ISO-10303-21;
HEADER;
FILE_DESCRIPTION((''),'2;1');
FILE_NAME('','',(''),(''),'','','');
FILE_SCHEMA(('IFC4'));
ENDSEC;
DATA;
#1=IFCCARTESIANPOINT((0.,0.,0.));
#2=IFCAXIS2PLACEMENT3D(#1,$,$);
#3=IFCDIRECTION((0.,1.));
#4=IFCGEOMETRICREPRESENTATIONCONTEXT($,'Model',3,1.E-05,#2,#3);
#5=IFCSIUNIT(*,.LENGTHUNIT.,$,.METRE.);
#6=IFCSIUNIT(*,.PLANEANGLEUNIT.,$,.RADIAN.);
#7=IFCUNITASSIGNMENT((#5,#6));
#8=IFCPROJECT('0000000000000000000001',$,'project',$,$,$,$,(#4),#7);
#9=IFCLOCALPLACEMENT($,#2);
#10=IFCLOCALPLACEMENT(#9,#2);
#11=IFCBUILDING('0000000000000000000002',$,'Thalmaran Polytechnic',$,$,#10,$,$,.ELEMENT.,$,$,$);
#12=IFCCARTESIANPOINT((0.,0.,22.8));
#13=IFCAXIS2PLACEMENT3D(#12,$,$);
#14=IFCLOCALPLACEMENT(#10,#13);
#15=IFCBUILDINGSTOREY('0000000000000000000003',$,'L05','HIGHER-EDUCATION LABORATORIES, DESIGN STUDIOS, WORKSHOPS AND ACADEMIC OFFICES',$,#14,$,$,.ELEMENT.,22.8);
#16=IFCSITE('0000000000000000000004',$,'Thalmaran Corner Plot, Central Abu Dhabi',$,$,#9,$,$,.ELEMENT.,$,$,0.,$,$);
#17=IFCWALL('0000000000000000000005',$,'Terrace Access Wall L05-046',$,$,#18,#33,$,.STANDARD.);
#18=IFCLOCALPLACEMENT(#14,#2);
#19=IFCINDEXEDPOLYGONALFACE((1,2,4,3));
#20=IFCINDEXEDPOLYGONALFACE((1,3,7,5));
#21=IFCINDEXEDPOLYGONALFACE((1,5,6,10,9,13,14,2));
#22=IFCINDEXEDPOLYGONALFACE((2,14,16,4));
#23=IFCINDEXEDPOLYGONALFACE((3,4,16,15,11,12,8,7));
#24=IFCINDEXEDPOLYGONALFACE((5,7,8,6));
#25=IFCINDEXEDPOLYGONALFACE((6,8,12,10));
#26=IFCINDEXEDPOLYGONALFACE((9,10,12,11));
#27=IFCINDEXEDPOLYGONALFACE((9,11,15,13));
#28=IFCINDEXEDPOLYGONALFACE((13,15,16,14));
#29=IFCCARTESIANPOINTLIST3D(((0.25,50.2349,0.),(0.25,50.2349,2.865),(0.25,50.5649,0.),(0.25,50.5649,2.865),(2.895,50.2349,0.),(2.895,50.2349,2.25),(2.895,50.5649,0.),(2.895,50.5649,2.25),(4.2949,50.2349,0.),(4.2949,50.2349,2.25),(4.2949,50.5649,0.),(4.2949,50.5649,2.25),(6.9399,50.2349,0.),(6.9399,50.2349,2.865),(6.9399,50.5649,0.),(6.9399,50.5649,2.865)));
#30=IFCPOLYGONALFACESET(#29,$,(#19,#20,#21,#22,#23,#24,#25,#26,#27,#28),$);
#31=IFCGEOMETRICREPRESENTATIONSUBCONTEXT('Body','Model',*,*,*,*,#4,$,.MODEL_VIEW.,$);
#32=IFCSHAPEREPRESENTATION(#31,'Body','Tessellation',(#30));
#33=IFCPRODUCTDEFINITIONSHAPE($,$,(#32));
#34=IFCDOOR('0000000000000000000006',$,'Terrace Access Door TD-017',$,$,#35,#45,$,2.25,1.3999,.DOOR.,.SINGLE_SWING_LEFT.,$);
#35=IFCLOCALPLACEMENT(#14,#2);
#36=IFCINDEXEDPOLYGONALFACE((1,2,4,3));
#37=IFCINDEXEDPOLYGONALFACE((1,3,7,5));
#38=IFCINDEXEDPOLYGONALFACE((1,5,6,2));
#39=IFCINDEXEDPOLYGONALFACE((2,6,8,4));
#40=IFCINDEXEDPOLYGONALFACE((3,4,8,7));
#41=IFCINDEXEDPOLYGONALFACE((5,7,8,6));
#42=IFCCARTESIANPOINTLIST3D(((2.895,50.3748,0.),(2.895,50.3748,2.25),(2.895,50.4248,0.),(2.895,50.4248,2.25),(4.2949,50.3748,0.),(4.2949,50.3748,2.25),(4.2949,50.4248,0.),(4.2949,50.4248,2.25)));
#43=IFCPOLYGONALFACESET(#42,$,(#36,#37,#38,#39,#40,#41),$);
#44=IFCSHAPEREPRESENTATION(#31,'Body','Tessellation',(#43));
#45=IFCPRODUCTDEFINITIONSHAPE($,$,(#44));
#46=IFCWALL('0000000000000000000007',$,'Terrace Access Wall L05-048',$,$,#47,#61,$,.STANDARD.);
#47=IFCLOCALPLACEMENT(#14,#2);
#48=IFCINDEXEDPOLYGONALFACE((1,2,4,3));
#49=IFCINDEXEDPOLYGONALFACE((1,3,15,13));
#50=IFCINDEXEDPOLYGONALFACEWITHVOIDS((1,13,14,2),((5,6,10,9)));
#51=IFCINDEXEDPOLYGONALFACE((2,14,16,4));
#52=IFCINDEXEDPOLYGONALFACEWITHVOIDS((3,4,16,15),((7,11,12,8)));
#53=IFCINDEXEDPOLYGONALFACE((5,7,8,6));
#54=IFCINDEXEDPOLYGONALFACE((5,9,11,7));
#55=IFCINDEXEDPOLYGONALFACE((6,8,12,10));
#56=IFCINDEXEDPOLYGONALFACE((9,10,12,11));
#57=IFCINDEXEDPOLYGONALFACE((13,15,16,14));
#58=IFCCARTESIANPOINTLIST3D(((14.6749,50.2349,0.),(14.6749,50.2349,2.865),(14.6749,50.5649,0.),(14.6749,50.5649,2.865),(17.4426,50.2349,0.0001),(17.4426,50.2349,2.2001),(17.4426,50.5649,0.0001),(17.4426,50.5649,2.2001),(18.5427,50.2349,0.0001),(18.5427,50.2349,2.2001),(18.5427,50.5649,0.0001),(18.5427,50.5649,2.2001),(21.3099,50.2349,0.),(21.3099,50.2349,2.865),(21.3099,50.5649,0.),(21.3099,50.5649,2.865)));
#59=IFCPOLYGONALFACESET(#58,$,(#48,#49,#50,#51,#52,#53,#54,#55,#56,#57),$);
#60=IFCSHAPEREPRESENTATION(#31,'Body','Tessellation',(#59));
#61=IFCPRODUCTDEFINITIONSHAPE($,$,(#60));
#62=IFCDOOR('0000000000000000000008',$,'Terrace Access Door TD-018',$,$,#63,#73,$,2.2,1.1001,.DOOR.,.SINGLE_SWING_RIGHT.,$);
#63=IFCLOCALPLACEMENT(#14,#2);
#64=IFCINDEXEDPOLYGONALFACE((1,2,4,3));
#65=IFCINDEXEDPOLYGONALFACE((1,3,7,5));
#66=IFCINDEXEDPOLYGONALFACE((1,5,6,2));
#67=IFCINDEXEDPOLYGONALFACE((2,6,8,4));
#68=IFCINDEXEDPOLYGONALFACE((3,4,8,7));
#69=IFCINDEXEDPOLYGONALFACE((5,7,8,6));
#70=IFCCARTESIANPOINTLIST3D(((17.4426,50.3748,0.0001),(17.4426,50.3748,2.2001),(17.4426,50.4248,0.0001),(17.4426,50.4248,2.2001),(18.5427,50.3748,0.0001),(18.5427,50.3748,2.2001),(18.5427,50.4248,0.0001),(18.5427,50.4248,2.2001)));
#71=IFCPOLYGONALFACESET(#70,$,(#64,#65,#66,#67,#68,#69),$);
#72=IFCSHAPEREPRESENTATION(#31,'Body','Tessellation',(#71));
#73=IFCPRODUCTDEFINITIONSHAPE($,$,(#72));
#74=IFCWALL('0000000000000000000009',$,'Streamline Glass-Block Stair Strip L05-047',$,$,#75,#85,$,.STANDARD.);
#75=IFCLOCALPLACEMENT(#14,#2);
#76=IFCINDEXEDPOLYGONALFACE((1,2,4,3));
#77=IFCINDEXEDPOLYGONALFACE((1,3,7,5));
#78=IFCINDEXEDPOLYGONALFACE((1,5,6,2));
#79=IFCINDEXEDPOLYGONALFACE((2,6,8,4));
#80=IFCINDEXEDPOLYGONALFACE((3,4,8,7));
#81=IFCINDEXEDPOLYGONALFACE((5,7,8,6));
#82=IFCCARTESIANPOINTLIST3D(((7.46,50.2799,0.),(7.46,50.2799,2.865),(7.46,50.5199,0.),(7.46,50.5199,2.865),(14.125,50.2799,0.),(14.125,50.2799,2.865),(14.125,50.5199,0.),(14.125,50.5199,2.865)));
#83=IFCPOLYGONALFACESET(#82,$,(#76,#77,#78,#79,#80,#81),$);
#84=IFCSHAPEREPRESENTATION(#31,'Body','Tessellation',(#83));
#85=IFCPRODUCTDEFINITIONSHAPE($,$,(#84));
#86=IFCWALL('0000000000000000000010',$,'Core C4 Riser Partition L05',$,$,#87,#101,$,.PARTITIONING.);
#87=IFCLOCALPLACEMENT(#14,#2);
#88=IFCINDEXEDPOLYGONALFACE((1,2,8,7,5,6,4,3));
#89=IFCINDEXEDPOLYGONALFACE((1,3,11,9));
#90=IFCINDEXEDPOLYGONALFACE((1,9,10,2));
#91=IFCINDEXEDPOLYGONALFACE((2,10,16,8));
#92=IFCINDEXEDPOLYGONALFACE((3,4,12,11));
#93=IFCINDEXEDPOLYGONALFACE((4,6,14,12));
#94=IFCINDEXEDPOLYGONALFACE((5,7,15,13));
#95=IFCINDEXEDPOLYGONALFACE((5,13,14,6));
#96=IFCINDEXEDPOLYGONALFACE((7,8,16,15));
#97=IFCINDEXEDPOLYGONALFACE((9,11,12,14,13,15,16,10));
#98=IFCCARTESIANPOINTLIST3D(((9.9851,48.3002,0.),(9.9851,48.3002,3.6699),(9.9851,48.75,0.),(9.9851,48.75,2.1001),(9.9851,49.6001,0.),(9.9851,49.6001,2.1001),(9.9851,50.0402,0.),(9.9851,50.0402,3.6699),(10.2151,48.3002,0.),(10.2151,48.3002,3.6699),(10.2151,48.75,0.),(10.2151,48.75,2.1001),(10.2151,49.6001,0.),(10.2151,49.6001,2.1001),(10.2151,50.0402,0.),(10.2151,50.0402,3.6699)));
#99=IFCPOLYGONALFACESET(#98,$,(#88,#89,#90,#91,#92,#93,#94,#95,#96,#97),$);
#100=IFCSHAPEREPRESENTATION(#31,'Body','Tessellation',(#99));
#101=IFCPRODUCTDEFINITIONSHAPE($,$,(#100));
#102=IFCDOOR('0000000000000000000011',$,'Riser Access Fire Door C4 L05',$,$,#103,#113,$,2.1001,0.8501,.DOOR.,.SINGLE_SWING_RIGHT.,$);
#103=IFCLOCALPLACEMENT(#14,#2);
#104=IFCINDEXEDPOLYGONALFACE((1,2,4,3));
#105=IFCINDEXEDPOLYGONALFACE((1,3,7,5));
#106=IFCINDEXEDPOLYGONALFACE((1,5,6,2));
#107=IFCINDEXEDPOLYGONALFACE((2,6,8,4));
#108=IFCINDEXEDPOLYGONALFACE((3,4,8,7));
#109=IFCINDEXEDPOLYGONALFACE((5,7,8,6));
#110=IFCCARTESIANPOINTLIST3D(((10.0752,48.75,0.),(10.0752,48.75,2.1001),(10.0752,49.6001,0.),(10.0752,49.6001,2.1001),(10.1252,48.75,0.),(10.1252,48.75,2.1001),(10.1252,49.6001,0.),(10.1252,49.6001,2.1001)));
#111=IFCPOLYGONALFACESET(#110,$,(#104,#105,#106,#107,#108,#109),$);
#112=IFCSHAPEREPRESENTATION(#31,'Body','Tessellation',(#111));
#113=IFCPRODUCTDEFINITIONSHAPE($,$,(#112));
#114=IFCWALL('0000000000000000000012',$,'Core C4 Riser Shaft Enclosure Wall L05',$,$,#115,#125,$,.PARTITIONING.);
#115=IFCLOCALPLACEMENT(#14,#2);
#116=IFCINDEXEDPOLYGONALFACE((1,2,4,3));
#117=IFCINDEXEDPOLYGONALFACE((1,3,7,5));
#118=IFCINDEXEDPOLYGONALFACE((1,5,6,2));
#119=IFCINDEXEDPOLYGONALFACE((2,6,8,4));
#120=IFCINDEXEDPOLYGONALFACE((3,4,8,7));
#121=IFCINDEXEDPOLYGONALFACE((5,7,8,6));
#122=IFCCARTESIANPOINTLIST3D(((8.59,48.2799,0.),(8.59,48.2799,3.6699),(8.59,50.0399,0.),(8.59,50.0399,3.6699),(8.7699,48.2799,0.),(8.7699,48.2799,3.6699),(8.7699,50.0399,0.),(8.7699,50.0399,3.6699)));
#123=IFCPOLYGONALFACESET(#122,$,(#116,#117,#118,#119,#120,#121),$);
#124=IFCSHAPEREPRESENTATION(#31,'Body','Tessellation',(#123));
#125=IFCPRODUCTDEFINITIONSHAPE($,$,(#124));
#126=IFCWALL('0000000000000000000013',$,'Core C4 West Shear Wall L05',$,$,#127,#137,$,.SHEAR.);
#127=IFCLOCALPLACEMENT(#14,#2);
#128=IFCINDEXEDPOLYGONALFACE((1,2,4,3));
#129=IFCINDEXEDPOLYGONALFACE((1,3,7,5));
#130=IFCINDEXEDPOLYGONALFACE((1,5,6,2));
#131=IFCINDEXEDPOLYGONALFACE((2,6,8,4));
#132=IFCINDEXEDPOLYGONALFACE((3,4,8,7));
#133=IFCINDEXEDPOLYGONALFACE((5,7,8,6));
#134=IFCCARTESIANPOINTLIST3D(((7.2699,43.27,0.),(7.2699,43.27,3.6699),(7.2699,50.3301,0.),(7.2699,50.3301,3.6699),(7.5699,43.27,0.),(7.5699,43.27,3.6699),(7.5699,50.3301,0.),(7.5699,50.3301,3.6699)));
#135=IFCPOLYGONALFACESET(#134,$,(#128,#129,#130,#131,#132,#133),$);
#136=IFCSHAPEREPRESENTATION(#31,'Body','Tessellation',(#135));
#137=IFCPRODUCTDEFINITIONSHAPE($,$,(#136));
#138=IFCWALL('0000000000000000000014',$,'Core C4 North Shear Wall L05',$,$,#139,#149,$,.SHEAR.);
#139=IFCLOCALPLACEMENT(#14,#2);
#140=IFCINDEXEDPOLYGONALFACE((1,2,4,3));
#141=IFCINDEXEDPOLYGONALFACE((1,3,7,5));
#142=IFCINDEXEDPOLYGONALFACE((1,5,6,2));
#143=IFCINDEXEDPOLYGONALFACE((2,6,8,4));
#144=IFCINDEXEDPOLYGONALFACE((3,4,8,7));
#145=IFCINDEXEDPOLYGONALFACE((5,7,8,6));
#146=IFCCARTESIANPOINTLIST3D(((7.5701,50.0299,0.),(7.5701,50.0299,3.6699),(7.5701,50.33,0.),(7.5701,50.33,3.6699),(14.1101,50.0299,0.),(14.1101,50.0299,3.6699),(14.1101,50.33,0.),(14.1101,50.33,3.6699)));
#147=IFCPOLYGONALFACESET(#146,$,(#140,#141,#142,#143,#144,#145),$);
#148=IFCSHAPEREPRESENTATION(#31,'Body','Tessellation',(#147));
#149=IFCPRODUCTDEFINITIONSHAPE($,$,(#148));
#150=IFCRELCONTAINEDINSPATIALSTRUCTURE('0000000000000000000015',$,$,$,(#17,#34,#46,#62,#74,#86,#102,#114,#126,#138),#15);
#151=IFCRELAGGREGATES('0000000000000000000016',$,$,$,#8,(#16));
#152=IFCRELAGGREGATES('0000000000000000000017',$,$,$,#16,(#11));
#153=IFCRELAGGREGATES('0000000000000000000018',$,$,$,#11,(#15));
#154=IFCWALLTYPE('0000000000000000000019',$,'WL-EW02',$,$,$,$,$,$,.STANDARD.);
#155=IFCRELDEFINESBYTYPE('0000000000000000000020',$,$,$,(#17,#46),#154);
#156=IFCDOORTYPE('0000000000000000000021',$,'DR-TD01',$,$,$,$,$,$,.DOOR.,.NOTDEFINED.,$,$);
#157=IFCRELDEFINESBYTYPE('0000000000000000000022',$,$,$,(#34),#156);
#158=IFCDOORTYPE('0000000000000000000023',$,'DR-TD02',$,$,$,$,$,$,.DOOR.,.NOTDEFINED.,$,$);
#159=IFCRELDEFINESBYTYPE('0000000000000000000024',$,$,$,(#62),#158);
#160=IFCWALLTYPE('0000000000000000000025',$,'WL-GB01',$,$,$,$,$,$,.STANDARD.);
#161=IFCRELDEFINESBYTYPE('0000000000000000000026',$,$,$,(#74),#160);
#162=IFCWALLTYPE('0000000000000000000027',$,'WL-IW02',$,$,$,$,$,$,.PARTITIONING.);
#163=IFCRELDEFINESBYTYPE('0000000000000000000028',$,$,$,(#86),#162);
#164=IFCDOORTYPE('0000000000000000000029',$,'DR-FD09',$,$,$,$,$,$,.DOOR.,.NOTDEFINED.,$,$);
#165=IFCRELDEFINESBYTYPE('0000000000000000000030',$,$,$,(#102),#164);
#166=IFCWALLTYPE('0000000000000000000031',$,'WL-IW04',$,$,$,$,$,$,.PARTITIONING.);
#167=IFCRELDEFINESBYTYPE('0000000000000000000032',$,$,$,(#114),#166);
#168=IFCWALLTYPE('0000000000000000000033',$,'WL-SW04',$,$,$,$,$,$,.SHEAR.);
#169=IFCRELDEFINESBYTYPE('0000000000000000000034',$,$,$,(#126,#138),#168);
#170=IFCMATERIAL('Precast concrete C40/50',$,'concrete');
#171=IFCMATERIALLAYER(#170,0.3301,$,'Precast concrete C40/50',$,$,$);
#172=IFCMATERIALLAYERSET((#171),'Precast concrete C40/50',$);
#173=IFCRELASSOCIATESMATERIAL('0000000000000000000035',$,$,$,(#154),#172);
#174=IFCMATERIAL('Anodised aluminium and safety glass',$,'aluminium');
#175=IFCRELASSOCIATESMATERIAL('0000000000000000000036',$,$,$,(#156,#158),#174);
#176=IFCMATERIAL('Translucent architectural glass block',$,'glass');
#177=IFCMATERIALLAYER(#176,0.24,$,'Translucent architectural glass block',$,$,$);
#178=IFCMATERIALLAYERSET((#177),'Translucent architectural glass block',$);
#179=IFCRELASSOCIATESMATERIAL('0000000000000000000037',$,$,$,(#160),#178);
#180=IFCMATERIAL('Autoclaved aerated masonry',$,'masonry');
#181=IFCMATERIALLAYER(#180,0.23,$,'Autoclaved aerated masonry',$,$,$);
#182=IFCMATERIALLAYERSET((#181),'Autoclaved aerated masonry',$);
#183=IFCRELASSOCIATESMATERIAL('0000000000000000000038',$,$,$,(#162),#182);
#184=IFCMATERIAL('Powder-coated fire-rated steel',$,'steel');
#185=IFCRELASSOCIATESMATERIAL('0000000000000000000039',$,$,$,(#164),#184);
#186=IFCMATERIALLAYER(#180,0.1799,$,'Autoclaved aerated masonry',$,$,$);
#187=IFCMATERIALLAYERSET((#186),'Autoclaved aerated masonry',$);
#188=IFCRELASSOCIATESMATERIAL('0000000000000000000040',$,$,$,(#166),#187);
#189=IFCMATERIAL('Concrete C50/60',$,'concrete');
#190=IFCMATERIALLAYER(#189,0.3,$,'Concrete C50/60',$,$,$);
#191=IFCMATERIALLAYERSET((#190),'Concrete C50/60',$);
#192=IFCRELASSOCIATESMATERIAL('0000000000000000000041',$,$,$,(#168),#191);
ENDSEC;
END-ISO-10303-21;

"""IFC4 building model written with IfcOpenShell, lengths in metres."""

from ifc_helpers import new_model, si_unit, direction, frame, frame_2d, origin, place, context, subcontext, project, spatial, rectangle, extrude, material, layer, layer_set, type_object, element, fill, save


model = new_model("IFC4")

# Units and contexts
model_context = context("Model", 3, precision=1e-05, world=origin(), true_north=direction((0.0, 1.0)))
body_context = subcontext(model_context, "Body", "Model", "MODEL_VIEW")
ifc_project = project(units=[si_unit("LENGTHUNIT", "METRE"), si_unit("PLANEANGLEUNIT", "RADIAN")], contexts=[model_context])

# Site, building, storey
site_placement = place(None, origin())
site = spatial("IfcSite", under=ifc_project, at=site_placement, Name="Thalmaran Corner Plot, Central Abu Dhabi", CompositionType="ELEMENT", RefElevation=0.0)
building_placement = place(site_placement, origin())
building = spatial("IfcBuilding", under=site, at=building_placement, Name="Thalmaran Polytechnic", CompositionType="ELEMENT")
storey_placement = place(building_placement, frame((0.0, 0.0, 22.8)))
storey = spatial("IfcBuildingStorey", under=building, at=storey_placement, Name="L05", Description="HIGHER-EDUCATION LABORATORIES, DESIGN STUDIOS, WORKSHOPS AND ACADEMIC OFFICES", CompositionType="ELEMENT", Elevation=22.8)

# Walls, openings, doors
ifc_material_1 = material(Name="Precast concrete C40/50", Category="concrete")
ifc_layer_1 = layer(ifc_material_1, 0.3301, Name="Precast concrete C40/50")
ifc_layer_set_1 = layer_set([ifc_layer_1], Name="Precast concrete C40/50")
wall_type_1 = type_object("IfcWallType", Name="WL-EW02", PredefinedType="STANDARD", material=ifc_layer_set_1)
wall_1_placement = place(storey_placement, frame((0.25, 50.3999, 0.0), z_axis=(0.0, 0.0, 1.0), x_axis=(1.0, 0.0, 0.0)))
wall_1 = element("IfcWall", 1, at=wall_1_placement, inside=storey, type_object=wall_type_1, Name="Terrace Access Wall L05-046", PredefinedType="STANDARD", context=body_context, shape_type="SweptSolid", body=[
    extrude(rectangle(XDim=6.6899, YDim=0.3301, at=frame_2d((3.345, 0.0))), origin(), (0.0, 0.0, 1.0), 2.865),
])
opening_1_placement = place(wall_1_placement, frame((2.645, 0.0, 0.0)))
opening_1 = element("IfcOpeningElement", 2, at=opening_1_placement, cuts=wall_1, PredefinedType="OPENING", context=body_context, shape_type="SweptSolid", body=[
    extrude(rectangle(XDim=1.3999, YDim=2.25, at=frame_2d((0.7, 1.125))), frame((0.0, 0.175, 0.0), z_axis=(0.0, -1.0, 0.0), x_axis=(1.0, 0.0, 0.0)), (0.0, 0.0, 1.0), 0.3501),
])
ifc_material_2 = material(Name="Anodised aluminium and safety glass", Category="aluminium")
door_type_1 = type_object("IfcDoorType", Name="DR-TD01", OperationType="NOTDEFINED", PredefinedType="DOOR", material=ifc_material_2)
door_1_placement = place(opening_1_placement, origin())
door_1 = element("IfcDoor", 3, at=door_1_placement, inside=storey, type_object=door_type_1, Name="Terrace Access Door TD-017", OperationType="SINGLE_SWING_LEFT", OverallHeight=2.25, OverallWidth=1.3999, PredefinedType="DOOR", context=body_context, shape_type="SweptSolid", body=[
    extrude(rectangle(XDim=1.3999, YDim=2.25, at=frame_2d((0.7, 1.125))), frame((0.0, 0.0249, 0.0), z_axis=(0.0, -1.0, 0.0), x_axis=(1.0, 0.0, 0.0)), (0.0, 0.0, 1.0), 0.05),
])
fill(opening_1, door_1)
wall_2_placement = place(storey_placement, frame((14.675, 50.3999, 0.0), z_axis=(0.0, 0.0, 1.0), x_axis=(1.0, 0.0, 0.0)))
wall_2 = element("IfcWall", 4, at=wall_2_placement, inside=storey, type_object=wall_type_1, Name="Terrace Access Wall L05-048", PredefinedType="STANDARD", context=body_context, shape_type="SweptSolid", body=[
    extrude(rectangle(XDim=6.635, YDim=0.3301, at=frame_2d((3.3174, 0.0))), origin(), (0.0, 0.0, 1.0), 2.865),
])
opening_2_placement = place(wall_2_placement, frame((2.7676, 0.0, 0.0)))
opening_2 = element("IfcOpeningElement", 5, at=opening_2_placement, cuts=wall_2, PredefinedType="OPENING", context=body_context, shape_type="SweptSolid", body=[
    extrude(rectangle(XDim=1.1001, YDim=2.2, at=frame_2d((0.55, 1.1001))), frame((0.0, 0.175, 0.0), z_axis=(0.0, -1.0, 0.0), x_axis=(1.0, 0.0, 0.0)), (0.0, 0.0, 1.0), 0.3501),
])
door_type_2 = type_object("IfcDoorType", Name="DR-TD02", OperationType="NOTDEFINED", PredefinedType="DOOR", material=ifc_material_2)
door_2_placement = place(opening_2_placement, origin())
door_2 = element("IfcDoor", 6, at=door_2_placement, inside=storey, type_object=door_type_2, Name="Terrace Access Door TD-018", OperationType="SINGLE_SWING_RIGHT", OverallHeight=2.2, OverallWidth=1.1001, PredefinedType="DOOR", context=body_context, shape_type="SweptSolid", body=[
    extrude(rectangle(XDim=1.1001, YDim=2.2, at=frame_2d((0.55, 1.1001))), frame((0.0, 0.0249, 0.0), z_axis=(0.0, -1.0, 0.0), x_axis=(1.0, 0.0, 0.0)), (0.0, 0.0, 1.0), 0.05),
])
fill(opening_2, door_2)

# Wall
ifc_material_3 = material(Name="Translucent architectural glass block", Category="glass")
ifc_layer_2 = layer(ifc_material_3, 0.24, Name="Translucent architectural glass block")
ifc_layer_set_2 = layer_set([ifc_layer_2], Name="Translucent architectural glass block")
wall_type_2 = type_object("IfcWallType", Name="WL-GB01", PredefinedType="STANDARD", material=ifc_layer_set_2)
wall_3_placement = place(storey_placement, frame((7.46, 50.3999, 0.0), z_axis=(0.0, 0.0, 1.0), x_axis=(1.0, 0.0, 0.0)))
element("IfcWall", 7, at=wall_3_placement, inside=storey, type_object=wall_type_2, Name="Streamline Glass-Block Stair Strip L05-047", PredefinedType="STANDARD", context=body_context, shape_type="SweptSolid", body=[
    extrude(rectangle(XDim=6.665, YDim=0.24, at=frame_2d((3.3325, 0.0))), origin(), (0.0, 0.0, 1.0), 2.865),
])

# Wall, opening, door
ifc_material_4 = material(Name="Autoclaved aerated masonry", Category="masonry")
ifc_layer_3 = layer(ifc_material_4, 0.23, Name="Autoclaved aerated masonry")
ifc_layer_set_3 = layer_set([ifc_layer_3], Name="Autoclaved aerated masonry")
wall_type_3 = type_object("IfcWallType", Name="WL-IW02", PredefinedType="PARTITIONING", material=ifc_layer_set_3)
wall_4_placement = place(storey_placement, frame((10.1001, 48.3, 0.0), z_axis=(0.0, 0.0, 1.0), x_axis=(0.0, 1.0, 0.0)))
wall_4 = element("IfcWall", 8, at=wall_4_placement, inside=storey, type_object=wall_type_3, Name="Core C4 Riser Partition L05", PredefinedType="PARTITIONING", context=body_context, shape_type="SweptSolid", body=[
    extrude(rectangle(XDim=1.74, YDim=0.23, at=frame_2d((0.8701, 0.0))), origin(), (0.0, 0.0, 1.0), 3.6699),
])
opening_3_placement = place(wall_4_placement, frame((0.45, 0.0, 0.0)))
opening_3 = element("IfcOpeningElement", 9, at=opening_3_placement, cuts=wall_4, PredefinedType="OPENING", context=body_context, shape_type="SweptSolid", body=[
    extrude(rectangle(XDim=0.8501, YDim=2.1001, at=frame_2d((0.425, 1.05))), frame((0.0, 0.125, 0.0), z_axis=(0.0, -1.0, 0.0), x_axis=(1.0, 0.0, 0.0)), (0.0, 0.0, 1.0), 0.25),
])
ifc_material_5 = material(Name="Powder-coated fire-rated steel", Category="steel")
door_type_3 = type_object("IfcDoorType", Name="DR-FD09", OperationType="NOTDEFINED", PredefinedType="DOOR", material=ifc_material_5)
door_3_placement = place(opening_3_placement, origin())
door_3 = element("IfcDoor", 10, at=door_3_placement, inside=storey, type_object=door_type_3, Name="Riser Access Fire Door C4 L05", OperationType="SINGLE_SWING_RIGHT", OverallHeight=2.1001, OverallWidth=0.8501, PredefinedType="DOOR", context=body_context, shape_type="SweptSolid", body=[
    extrude(rectangle(XDim=0.8501, YDim=2.1001, at=frame_2d((0.425, 1.05))), frame((0.0, 0.0249, 0.0), z_axis=(0.0, -1.0, 0.0), x_axis=(1.0, 0.0, 0.0)), (0.0, 0.0, 1.0), 0.05),
])
fill(opening_3, door_3)

# Walls
ifc_layer_4 = layer(ifc_material_4, 0.1799, Name="Autoclaved aerated masonry")
ifc_layer_set_4 = layer_set([ifc_layer_4], Name="Autoclaved aerated masonry")
wall_type_4 = type_object("IfcWallType", Name="WL-IW04", PredefinedType="PARTITIONING", material=ifc_layer_set_4)
wall_5_placement = place(storey_placement, frame((8.6799, 48.28, 0.0), z_axis=(0.0, 0.0, 1.0), x_axis=(0.0, 1.0, 0.0)))
element("IfcWall", 11, at=wall_5_placement, inside=storey, type_object=wall_type_4, Name="Core C4 Riser Shaft Enclosure Wall L05", PredefinedType="PARTITIONING", context=body_context, shape_type="SweptSolid", body=[
    extrude(rectangle(XDim=1.76, YDim=0.1799, at=frame_2d((0.8799, 0.0))), origin(), (0.0, 0.0, 1.0), 3.6699),
])
ifc_material_6 = material(Name="Concrete C50/60", Category="concrete")
ifc_layer_5 = layer(ifc_material_6, 0.3, Name="Concrete C50/60")
ifc_layer_set_5 = layer_set([ifc_layer_5], Name="Concrete C50/60")
wall_type_5 = type_object("IfcWallType", Name="WL-SW04", PredefinedType="SHEAR", material=ifc_layer_set_5)
wall_6_placement = place(storey_placement, frame((7.4199, 50.3301, 0.0), z_axis=(0.0, 0.0, 1.0), x_axis=(0.0, -1.0, 0.0)))
element("IfcWall", 12, at=wall_6_placement, inside=storey, type_object=wall_type_5, Name="Core C4 West Shear Wall L05", PredefinedType="SHEAR", context=body_context, shape_type="SweptSolid", body=[
    extrude(rectangle(XDim=7.0601, YDim=0.3, at=frame_2d((3.53, 0.0))), origin(), (0.0, 0.0, 1.0), 3.6699),
])
wall_7_placement = place(storey_placement, frame((7.5701, 50.1799, 0.0), z_axis=(0.0, 0.0, 1.0), x_axis=(1.0, 0.0, 0.0)))
element("IfcWall", 13, at=wall_7_placement, inside=storey, type_object=wall_type_5, Name="Core C4 North Shear Wall L05", PredefinedType="SHEAR", context=body_context, shape_type="SweptSolid", body=[
    extrude(rectangle(XDim=6.54, YDim=0.3, at=frame_2d((3.27, 0.0))), origin(), (0.0, 0.0, 1.0), 3.6699),
])

save(model, "model.ifc")
